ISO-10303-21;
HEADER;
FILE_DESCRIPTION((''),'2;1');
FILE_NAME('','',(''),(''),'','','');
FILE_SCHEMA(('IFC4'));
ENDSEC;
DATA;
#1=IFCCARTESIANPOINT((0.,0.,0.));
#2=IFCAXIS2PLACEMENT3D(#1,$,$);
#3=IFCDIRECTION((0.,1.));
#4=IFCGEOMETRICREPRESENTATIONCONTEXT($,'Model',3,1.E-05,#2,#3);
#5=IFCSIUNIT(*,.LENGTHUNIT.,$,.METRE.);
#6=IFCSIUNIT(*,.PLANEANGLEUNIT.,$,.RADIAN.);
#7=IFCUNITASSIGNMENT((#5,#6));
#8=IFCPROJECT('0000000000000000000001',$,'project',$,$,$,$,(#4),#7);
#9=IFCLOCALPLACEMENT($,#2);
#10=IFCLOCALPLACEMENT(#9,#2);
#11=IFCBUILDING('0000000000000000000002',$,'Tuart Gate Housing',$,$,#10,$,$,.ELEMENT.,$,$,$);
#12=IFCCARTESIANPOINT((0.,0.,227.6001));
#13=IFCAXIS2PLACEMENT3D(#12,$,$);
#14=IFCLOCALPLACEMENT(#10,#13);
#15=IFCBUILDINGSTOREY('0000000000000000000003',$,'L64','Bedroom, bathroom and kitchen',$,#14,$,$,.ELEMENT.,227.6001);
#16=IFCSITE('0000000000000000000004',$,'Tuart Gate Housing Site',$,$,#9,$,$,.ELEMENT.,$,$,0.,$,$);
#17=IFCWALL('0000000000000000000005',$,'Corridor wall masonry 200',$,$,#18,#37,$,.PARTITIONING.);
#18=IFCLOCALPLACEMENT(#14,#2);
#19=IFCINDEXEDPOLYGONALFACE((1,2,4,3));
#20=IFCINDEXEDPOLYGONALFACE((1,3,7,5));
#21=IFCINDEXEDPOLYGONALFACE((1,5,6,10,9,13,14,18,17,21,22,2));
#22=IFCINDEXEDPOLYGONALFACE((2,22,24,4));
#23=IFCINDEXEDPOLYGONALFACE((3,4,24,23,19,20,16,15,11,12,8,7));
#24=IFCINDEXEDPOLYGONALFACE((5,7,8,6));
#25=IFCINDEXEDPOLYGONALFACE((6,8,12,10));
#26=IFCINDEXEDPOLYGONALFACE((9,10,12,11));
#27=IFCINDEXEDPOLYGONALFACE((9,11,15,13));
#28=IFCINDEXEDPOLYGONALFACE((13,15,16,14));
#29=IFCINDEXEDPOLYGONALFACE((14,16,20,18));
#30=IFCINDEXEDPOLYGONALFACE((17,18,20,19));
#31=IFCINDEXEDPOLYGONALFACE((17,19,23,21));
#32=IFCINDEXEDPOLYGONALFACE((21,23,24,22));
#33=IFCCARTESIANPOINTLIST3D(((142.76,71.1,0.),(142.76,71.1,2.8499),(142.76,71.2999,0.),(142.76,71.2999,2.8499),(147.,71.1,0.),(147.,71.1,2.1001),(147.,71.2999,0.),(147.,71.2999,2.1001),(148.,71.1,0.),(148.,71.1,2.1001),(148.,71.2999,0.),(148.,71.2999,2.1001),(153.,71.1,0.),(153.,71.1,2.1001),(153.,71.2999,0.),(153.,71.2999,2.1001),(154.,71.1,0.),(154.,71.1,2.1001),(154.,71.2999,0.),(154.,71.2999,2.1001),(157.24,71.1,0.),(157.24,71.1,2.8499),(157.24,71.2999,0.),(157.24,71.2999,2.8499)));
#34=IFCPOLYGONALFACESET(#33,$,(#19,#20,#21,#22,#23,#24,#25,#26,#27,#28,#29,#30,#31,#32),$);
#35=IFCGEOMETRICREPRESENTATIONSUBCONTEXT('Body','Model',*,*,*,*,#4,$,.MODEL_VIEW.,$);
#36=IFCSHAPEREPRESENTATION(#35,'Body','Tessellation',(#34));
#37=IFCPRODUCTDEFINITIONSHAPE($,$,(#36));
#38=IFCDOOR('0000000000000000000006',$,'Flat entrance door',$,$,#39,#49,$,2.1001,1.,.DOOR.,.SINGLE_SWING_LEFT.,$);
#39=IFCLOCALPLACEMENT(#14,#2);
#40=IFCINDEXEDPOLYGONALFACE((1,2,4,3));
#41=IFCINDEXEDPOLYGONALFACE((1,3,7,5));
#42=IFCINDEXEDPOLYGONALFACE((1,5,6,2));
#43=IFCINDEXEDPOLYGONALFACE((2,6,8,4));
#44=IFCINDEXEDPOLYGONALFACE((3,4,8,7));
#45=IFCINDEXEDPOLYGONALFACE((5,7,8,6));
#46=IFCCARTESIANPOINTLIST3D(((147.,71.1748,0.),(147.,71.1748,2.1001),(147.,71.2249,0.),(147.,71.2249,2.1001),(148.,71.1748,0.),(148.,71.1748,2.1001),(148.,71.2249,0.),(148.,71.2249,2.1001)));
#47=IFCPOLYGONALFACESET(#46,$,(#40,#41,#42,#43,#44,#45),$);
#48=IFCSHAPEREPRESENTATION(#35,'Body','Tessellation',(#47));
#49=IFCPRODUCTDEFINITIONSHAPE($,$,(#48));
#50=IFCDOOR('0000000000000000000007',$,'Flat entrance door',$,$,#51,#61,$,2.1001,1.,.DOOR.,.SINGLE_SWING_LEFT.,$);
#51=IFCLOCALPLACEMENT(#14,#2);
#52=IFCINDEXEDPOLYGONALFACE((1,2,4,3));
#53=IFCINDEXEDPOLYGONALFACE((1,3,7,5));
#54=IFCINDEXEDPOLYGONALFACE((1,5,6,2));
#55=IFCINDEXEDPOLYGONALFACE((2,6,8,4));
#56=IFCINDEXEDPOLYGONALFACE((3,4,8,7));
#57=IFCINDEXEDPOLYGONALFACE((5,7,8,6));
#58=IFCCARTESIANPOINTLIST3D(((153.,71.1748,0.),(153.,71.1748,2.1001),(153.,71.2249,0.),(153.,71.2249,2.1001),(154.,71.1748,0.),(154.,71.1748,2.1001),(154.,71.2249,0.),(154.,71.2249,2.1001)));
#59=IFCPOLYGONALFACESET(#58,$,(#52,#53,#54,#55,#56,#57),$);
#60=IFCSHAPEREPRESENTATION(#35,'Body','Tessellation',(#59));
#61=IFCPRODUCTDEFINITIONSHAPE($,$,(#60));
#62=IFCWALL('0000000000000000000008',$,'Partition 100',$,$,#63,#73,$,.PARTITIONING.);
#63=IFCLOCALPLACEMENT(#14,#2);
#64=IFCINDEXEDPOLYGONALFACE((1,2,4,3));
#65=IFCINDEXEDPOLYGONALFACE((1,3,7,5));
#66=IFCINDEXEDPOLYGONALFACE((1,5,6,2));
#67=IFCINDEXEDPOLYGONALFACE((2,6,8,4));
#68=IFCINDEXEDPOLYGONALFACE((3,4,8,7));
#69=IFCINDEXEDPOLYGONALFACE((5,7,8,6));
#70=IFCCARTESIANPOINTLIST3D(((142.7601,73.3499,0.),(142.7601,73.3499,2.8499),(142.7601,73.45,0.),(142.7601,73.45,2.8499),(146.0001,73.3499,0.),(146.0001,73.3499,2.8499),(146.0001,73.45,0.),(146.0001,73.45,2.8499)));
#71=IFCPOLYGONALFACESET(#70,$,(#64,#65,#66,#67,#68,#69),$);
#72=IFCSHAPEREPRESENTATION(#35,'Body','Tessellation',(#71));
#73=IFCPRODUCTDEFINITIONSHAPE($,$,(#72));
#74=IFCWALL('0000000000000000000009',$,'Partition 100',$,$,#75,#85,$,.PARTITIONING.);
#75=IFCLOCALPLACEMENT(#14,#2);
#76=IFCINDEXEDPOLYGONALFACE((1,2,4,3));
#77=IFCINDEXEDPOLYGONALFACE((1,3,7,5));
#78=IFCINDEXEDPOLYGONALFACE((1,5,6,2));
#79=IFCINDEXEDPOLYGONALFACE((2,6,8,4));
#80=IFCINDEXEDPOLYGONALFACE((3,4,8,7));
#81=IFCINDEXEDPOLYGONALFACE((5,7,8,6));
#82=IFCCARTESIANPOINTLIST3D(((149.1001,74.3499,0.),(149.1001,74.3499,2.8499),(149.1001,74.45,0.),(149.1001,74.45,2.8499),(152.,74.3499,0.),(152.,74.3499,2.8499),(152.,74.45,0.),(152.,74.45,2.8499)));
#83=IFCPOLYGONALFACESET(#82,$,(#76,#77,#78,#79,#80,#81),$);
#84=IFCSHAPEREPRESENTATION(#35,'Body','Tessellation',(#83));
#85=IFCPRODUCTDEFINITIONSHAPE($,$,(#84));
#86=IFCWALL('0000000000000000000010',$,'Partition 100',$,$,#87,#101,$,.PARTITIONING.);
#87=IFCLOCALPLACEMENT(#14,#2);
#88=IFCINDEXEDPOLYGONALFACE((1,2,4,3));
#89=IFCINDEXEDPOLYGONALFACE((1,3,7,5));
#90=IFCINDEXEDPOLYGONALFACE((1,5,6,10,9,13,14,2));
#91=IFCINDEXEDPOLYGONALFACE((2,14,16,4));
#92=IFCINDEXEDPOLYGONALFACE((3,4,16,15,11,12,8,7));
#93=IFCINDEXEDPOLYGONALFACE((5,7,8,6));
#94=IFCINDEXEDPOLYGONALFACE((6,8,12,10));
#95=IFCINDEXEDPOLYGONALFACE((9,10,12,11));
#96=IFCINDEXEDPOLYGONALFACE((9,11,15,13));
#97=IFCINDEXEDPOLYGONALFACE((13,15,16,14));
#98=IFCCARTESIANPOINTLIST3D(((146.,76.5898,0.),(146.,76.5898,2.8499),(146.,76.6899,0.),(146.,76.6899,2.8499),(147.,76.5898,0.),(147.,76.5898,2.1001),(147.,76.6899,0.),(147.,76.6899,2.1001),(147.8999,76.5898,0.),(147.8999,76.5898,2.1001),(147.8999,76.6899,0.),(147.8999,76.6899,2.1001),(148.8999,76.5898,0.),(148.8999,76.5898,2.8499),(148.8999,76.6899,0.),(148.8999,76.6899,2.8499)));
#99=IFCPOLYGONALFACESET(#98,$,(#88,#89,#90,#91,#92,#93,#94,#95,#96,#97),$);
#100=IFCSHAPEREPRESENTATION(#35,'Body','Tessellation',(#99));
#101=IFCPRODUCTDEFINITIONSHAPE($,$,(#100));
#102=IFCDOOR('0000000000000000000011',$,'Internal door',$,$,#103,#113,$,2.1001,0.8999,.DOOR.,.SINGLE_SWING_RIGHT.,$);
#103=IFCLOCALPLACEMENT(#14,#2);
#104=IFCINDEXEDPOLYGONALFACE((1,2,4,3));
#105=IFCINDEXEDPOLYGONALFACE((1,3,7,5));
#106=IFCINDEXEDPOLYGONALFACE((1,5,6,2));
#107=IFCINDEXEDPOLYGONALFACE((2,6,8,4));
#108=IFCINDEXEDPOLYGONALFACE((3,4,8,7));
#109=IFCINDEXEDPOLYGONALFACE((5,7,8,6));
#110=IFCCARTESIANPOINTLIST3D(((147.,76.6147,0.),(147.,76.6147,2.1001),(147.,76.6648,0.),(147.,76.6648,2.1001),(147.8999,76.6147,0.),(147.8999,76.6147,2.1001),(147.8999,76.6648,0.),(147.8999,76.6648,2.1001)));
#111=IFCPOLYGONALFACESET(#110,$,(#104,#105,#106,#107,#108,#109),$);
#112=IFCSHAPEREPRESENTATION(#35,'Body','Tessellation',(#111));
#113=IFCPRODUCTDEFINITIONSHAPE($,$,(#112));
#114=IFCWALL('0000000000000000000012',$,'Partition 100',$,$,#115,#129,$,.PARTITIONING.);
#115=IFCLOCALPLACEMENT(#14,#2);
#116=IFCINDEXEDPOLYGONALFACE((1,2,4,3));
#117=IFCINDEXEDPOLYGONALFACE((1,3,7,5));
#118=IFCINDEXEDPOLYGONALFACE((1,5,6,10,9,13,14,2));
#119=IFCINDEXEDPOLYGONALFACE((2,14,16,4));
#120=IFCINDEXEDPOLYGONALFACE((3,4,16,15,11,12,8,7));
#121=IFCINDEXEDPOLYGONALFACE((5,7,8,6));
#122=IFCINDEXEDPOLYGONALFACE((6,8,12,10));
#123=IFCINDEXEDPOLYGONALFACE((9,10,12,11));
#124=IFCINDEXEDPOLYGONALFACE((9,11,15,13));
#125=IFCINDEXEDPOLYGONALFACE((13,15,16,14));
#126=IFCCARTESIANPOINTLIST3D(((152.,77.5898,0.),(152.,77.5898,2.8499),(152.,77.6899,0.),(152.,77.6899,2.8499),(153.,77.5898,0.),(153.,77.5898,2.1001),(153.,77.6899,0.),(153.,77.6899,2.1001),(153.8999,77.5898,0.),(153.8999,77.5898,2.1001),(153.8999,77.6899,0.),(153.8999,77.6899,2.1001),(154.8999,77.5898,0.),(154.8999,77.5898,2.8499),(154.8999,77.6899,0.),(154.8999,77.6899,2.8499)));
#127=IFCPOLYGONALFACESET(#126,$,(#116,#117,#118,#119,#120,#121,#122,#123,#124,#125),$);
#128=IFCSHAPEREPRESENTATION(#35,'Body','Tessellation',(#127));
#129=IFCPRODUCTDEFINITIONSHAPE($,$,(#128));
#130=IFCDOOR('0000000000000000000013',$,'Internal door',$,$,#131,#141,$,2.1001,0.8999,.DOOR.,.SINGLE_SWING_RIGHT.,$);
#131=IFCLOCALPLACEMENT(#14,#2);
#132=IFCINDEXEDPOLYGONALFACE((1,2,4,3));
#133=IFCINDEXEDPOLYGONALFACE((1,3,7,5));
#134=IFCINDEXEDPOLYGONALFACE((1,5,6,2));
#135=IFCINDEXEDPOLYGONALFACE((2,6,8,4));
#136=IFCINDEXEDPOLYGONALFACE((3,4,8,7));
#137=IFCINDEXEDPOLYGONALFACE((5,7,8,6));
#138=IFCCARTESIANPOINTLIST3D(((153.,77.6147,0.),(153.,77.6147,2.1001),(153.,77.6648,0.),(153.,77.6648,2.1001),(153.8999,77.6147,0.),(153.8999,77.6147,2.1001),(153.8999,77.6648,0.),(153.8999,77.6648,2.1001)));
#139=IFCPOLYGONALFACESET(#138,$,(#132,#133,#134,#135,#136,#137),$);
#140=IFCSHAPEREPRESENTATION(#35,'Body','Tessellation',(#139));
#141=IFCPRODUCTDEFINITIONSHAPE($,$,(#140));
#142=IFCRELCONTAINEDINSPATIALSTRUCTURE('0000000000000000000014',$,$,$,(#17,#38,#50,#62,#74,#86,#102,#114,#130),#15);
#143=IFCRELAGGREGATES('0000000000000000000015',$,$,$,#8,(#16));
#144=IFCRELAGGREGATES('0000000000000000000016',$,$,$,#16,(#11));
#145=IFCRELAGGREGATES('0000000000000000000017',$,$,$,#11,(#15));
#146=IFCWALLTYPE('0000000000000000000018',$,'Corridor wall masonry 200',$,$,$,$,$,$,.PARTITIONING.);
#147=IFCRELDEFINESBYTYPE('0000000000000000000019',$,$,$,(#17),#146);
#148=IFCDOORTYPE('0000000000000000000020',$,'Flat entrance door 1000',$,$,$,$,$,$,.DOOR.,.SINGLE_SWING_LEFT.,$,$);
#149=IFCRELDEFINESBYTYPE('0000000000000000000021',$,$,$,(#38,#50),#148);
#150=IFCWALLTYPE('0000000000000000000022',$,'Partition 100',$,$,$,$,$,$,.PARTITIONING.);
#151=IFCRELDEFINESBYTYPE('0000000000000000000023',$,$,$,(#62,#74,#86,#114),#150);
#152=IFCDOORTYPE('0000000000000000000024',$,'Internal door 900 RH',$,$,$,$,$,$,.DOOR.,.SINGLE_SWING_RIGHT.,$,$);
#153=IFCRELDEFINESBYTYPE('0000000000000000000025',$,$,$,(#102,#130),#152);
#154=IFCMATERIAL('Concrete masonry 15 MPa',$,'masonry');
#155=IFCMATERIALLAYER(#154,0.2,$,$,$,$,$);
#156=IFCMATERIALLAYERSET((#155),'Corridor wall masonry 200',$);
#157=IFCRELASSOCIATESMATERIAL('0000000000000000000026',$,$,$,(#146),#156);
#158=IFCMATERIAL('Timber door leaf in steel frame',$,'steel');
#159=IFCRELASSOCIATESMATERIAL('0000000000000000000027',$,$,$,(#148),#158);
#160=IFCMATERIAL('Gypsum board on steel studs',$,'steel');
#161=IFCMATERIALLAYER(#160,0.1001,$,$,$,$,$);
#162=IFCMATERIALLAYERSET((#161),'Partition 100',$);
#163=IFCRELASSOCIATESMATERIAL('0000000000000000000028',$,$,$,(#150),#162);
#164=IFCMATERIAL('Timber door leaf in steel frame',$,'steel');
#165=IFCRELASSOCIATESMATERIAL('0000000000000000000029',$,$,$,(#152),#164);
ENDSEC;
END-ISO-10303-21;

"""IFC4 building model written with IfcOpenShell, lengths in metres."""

from ifc_helpers import new_model, si_unit, direction, frame, frame_2d, origin, place, context, subcontext, project, spatial, rectangle, extrude, material, layer, layer_set, type_object, element, fill, save


model = new_model("IFC4")

# Units and contexts
model_context = context("Model", 3, precision=1e-05, world=origin(), true_north=direction((0.0, 1.0)))
body_context = subcontext(model_context, "Body", "Model", "MODEL_VIEW")
ifc_project = project(units=[si_unit("LENGTHUNIT", "METRE"), si_unit("PLANEANGLEUNIT", "RADIAN")], contexts=[model_context])

# Site, building, storey
site_placement = place(None, origin())
site = spatial("IfcSite", under=ifc_project, at=site_placement, Name="Tuart Gate Housing Site", CompositionType="ELEMENT", RefElevation=0.0)
building_placement = place(site_placement, origin())
building = spatial("IfcBuilding", under=site, at=building_placement, Name="Tuart Gate Housing", CompositionType="ELEMENT")
storey_placement = place(building_placement, frame((0.0, 0.0, 227.6001)))
storey = spatial("IfcBuildingStorey", under=building, at=storey_placement, Name="L64", Description="Bedroom, bathroom and kitchen", CompositionType="ELEMENT", Elevation=227.6001)

# Wall, openings, doors
ifc_material_1 = material(Name="Concrete masonry 15 MPa", Category="masonry")
ifc_layer_1 = layer(ifc_material_1, 0.2)
ifc_layer_set_1 = layer_set([ifc_layer_1], Name="Corridor wall masonry 200")
wall_type_1 = type_object("IfcWallType", Name="Corridor wall masonry 200", PredefinedType="PARTITIONING", material=ifc_layer_set_1)
wall_1_placement = place(storey_placement, frame((142.76, 71.2, 0.0), z_axis=(0.0, 0.0, 1.0), x_axis=(1.0, 0.0, 0.0)))
wall_1 = element("IfcWall", 1, at=wall_1_placement, inside=storey, type_object=wall_type_1, Name="Corridor wall masonry 200", PredefinedType="PARTITIONING", context=body_context, shape_type="SweptSolid", body=[
    extrude(rectangle(XDim=14.48, YDim=0.2, at=frame_2d((7.24, 0.0))), origin(), (0.0, 0.0, 1.0), 2.8499),
])
opening_1_placement = place(wall_1_placement, frame((4.24, 0.0, 0.0)))
opening_1 = element("IfcOpeningElement", 2, at=opening_1_placement, cuts=wall_1, PredefinedType="OPENING", context=body_context, shape_type="SweptSolid", body=[
    extrude(rectangle(XDim=1.0, YDim=2.1001, at=frame_2d((0.5, 1.05))), frame((0.0, 0.1099, 0.0), z_axis=(0.0, -1.0, 0.0), x_axis=(1.0, 0.0, 0.0)), (0.0, 0.0, 1.0), 0.22),
])
opening_2_placement = place(wall_1_placement, frame((10.24, 0.0, 0.0)))
opening_2 = element("IfcOpeningElement", 3, at=opening_2_placement, cuts=wall_1, PredefinedType="OPENING", context=body_context, shape_type="SweptSolid", body=[
    extrude(rectangle(XDim=1.0, YDim=2.1001, at=frame_2d((0.5, 1.05))), frame((0.0, 0.1099, 0.0), z_axis=(0.0, -1.0, 0.0), x_axis=(1.0, 0.0, 0.0)), (0.0, 0.0, 1.0), 0.22),
])
ifc_material_2 = material(Name="Timber door leaf in steel frame", Category="steel")
door_type_1 = type_object("IfcDoorType", Name="Flat entrance door 1000", OperationType="SINGLE_SWING_LEFT", PredefinedType="DOOR", material=ifc_material_2)
door_1_placement = place(opening_1_placement, origin())
door_1 = element("IfcDoor", 4, at=door_1_placement, inside=storey, type_object=door_type_1, Name="Flat entrance door", OperationType="SINGLE_SWING_LEFT", OverallHeight=2.1001, OverallWidth=1.0, PredefinedType="DOOR", context=body_context, shape_type="SweptSolid", body=[
    extrude(rectangle(XDim=1.0, YDim=2.1001, at=frame_2d((0.5, 1.05))), frame((0.0, 0.0249, 0.0), z_axis=(0.0, -1.0, 0.0), x_axis=(1.0, 0.0, 0.0)), (0.0, 0.0, 1.0), 0.05),
])
fill(opening_1, door_1)
door_2_placement = place(opening_2_placement, origin())
door_2 = element("IfcDoor", 5, at=door_2_placement, inside=storey, type_object=door_type_1, Name="Flat entrance door", OperationType="SINGLE_SWING_LEFT", OverallHeight=2.1001, OverallWidth=1.0, PredefinedType="DOOR", context=body_context, shape_type="SweptSolid", body=[
    extrude(rectangle(XDim=1.0, YDim=2.1001, at=frame_2d((0.5, 1.05))), frame((0.0, 0.0249, 0.0), z_axis=(0.0, -1.0, 0.0), x_axis=(1.0, 0.0, 0.0)), (0.0, 0.0, 1.0), 0.05),
])
fill(opening_2, door_2)

# Walls
ifc_material_3 = material(Name="Gypsum board on steel studs", Category="steel")
ifc_layer_2 = layer(ifc_material_3, 0.1001)
ifc_layer_set_2 = layer_set([ifc_layer_2], Name="Partition 100")
wall_type_2 = type_object("IfcWallType", Name="Partition 100", PredefinedType="PARTITIONING", material=ifc_layer_set_2)
wall_2_placement = place(storey_placement, frame((142.76, 73.3999, 0.0), z_axis=(0.0, 0.0, 1.0), x_axis=(1.0, 0.0, 0.0)))
element("IfcWall", 6, at=wall_2_placement, inside=storey, type_object=wall_type_2, Name="Partition 100", PredefinedType="PARTITIONING", context=body_context, shape_type="SweptSolid", body=[
    extrude(rectangle(XDim=3.24, YDim=0.1001, at=frame_2d((1.6201, 0.0))), origin(), (0.0, 0.0, 1.0), 2.8499),
])
wall_3_placement = place(storey_placement, frame((149.1001, 74.3999, 0.0), z_axis=(0.0, 0.0, 1.0), x_axis=(1.0, 0.0, 0.0)))
element("IfcWall", 7, at=wall_3_placement, inside=storey, type_object=wall_type_2, Name="Partition 100", PredefinedType="PARTITIONING", context=body_context, shape_type="SweptSolid", body=[
    extrude(rectangle(XDim=2.8999, YDim=0.1001, at=frame_2d((1.45, 0.0))), origin(), (0.0, 0.0, 1.0), 2.8499),
])

# Walls, openings, doors
wall_4_placement = place(storey_placement, frame((146.0, 76.6399, 0.0), z_axis=(0.0, 0.0, 1.0), x_axis=(1.0, 0.0, 0.0)))
wall_4 = element("IfcWall", 8, at=wall_4_placement, inside=storey, type_object=wall_type_2, Name="Partition 100", PredefinedType="PARTITIONING", context=body_context, shape_type="SweptSolid", body=[
    extrude(rectangle(XDim=2.8999, YDim=0.1001, at=frame_2d((1.45, 0.0))), origin(), (0.0, 0.0, 1.0), 2.8499),
])
opening_3_placement = place(wall_4_placement, frame((1.0, 0.0, 0.0)))
opening_3 = element("IfcOpeningElement", 9, at=opening_3_placement, cuts=wall_4, PredefinedType="OPENING", context=body_context, shape_type="SweptSolid", body=[
    extrude(rectangle(XDim=0.8999, YDim=2.1001, at=frame_2d((0.45, 1.05))), frame((0.0, 0.0601, 0.0), z_axis=(0.0, -1.0, 0.0), x_axis=(1.0, 0.0, 0.0)), (0.0, 0.0, 1.0), 0.1201),
])
ifc_material_4 = material(Name="Timber door leaf in steel frame", Category="steel")
door_type_2 = type_object("IfcDoorType", Name="Internal door 900 RH", OperationType="SINGLE_SWING_RIGHT", PredefinedType="DOOR", material=ifc_material_4)
door_3_placement = place(opening_3_placement, frame((0.8999, 0.0, 0.0), z_axis=(0.0, 0.0, 1.0), x_axis=(-1.0, 0.0, 0.0)))
door_3 = element("IfcDoor", 10, at=door_3_placement, inside=storey, type_object=door_type_2, Name="Internal door", OperationType="SINGLE_SWING_RIGHT", OverallHeight=2.1001, OverallWidth=0.8999, PredefinedType="DOOR", context=body_context, shape_type="SweptSolid", body=[
    extrude(rectangle(XDim=0.8999, YDim=2.1001, at=frame_2d((0.45, 1.05))), frame((0.0, 0.0251, 0.0), z_axis=(0.0, -1.0, 0.0), x_axis=(1.0, 0.0, 0.0)), (0.0, 0.0, 1.0), 0.05),
])
fill(opening_3, door_3)
wall_5_placement = place(storey_placement, frame((152.0, 77.6399, 0.0), z_axis=(0.0, 0.0, 1.0), x_axis=(1.0, 0.0, 0.0)))
wall_5 = element("IfcWall", 11, at=wall_5_placement, inside=storey, type_object=wall_type_2, Name="Partition 100", PredefinedType="PARTITIONING", context=body_context, shape_type="SweptSolid", body=[
    extrude(rectangle(XDim=2.8999, YDim=0.1001, at=frame_2d((1.45, 0.0))), origin(), (0.0, 0.0, 1.0), 2.8499),
])
opening_4_placement = place(wall_5_placement, frame((1.0, 0.0, 0.0)))
opening_4 = element("IfcOpeningElement", 12, at=opening_4_placement, cuts=wall_5, PredefinedType="OPENING", context=body_context, shape_type="SweptSolid", body=[
    extrude(rectangle(XDim=0.8999, YDim=2.1001, at=frame_2d((0.45, 1.05))), frame((0.0, 0.0601, 0.0), z_axis=(0.0, -1.0, 0.0), x_axis=(1.0, 0.0, 0.0)), (0.0, 0.0, 1.0), 0.1201),
])
door_4_placement = place(opening_4_placement, frame((0.8999, 0.0, 0.0), z_axis=(0.0, 0.0, 1.0), x_axis=(-1.0, 0.0, 0.0)))
door_4 = element("IfcDoor", 13, at=door_4_placement, inside=storey, type_object=door_type_2, Name="Internal door", OperationType="SINGLE_SWING_RIGHT", OverallHeight=2.1001, OverallWidth=0.8999, PredefinedType="DOOR", context=body_context, shape_type="SweptSolid", body=[
    extrude(rectangle(XDim=0.8999, YDim=2.1001, at=frame_2d((0.45, 1.05))), frame((0.0, 0.0251, 0.0), z_axis=(0.0, -1.0, 0.0), x_axis=(1.0, 0.0, 0.0)), (0.0, 0.0, 1.0), 0.05),
])
fill(opening_4, door_4)

save(model, "model.ifc")
